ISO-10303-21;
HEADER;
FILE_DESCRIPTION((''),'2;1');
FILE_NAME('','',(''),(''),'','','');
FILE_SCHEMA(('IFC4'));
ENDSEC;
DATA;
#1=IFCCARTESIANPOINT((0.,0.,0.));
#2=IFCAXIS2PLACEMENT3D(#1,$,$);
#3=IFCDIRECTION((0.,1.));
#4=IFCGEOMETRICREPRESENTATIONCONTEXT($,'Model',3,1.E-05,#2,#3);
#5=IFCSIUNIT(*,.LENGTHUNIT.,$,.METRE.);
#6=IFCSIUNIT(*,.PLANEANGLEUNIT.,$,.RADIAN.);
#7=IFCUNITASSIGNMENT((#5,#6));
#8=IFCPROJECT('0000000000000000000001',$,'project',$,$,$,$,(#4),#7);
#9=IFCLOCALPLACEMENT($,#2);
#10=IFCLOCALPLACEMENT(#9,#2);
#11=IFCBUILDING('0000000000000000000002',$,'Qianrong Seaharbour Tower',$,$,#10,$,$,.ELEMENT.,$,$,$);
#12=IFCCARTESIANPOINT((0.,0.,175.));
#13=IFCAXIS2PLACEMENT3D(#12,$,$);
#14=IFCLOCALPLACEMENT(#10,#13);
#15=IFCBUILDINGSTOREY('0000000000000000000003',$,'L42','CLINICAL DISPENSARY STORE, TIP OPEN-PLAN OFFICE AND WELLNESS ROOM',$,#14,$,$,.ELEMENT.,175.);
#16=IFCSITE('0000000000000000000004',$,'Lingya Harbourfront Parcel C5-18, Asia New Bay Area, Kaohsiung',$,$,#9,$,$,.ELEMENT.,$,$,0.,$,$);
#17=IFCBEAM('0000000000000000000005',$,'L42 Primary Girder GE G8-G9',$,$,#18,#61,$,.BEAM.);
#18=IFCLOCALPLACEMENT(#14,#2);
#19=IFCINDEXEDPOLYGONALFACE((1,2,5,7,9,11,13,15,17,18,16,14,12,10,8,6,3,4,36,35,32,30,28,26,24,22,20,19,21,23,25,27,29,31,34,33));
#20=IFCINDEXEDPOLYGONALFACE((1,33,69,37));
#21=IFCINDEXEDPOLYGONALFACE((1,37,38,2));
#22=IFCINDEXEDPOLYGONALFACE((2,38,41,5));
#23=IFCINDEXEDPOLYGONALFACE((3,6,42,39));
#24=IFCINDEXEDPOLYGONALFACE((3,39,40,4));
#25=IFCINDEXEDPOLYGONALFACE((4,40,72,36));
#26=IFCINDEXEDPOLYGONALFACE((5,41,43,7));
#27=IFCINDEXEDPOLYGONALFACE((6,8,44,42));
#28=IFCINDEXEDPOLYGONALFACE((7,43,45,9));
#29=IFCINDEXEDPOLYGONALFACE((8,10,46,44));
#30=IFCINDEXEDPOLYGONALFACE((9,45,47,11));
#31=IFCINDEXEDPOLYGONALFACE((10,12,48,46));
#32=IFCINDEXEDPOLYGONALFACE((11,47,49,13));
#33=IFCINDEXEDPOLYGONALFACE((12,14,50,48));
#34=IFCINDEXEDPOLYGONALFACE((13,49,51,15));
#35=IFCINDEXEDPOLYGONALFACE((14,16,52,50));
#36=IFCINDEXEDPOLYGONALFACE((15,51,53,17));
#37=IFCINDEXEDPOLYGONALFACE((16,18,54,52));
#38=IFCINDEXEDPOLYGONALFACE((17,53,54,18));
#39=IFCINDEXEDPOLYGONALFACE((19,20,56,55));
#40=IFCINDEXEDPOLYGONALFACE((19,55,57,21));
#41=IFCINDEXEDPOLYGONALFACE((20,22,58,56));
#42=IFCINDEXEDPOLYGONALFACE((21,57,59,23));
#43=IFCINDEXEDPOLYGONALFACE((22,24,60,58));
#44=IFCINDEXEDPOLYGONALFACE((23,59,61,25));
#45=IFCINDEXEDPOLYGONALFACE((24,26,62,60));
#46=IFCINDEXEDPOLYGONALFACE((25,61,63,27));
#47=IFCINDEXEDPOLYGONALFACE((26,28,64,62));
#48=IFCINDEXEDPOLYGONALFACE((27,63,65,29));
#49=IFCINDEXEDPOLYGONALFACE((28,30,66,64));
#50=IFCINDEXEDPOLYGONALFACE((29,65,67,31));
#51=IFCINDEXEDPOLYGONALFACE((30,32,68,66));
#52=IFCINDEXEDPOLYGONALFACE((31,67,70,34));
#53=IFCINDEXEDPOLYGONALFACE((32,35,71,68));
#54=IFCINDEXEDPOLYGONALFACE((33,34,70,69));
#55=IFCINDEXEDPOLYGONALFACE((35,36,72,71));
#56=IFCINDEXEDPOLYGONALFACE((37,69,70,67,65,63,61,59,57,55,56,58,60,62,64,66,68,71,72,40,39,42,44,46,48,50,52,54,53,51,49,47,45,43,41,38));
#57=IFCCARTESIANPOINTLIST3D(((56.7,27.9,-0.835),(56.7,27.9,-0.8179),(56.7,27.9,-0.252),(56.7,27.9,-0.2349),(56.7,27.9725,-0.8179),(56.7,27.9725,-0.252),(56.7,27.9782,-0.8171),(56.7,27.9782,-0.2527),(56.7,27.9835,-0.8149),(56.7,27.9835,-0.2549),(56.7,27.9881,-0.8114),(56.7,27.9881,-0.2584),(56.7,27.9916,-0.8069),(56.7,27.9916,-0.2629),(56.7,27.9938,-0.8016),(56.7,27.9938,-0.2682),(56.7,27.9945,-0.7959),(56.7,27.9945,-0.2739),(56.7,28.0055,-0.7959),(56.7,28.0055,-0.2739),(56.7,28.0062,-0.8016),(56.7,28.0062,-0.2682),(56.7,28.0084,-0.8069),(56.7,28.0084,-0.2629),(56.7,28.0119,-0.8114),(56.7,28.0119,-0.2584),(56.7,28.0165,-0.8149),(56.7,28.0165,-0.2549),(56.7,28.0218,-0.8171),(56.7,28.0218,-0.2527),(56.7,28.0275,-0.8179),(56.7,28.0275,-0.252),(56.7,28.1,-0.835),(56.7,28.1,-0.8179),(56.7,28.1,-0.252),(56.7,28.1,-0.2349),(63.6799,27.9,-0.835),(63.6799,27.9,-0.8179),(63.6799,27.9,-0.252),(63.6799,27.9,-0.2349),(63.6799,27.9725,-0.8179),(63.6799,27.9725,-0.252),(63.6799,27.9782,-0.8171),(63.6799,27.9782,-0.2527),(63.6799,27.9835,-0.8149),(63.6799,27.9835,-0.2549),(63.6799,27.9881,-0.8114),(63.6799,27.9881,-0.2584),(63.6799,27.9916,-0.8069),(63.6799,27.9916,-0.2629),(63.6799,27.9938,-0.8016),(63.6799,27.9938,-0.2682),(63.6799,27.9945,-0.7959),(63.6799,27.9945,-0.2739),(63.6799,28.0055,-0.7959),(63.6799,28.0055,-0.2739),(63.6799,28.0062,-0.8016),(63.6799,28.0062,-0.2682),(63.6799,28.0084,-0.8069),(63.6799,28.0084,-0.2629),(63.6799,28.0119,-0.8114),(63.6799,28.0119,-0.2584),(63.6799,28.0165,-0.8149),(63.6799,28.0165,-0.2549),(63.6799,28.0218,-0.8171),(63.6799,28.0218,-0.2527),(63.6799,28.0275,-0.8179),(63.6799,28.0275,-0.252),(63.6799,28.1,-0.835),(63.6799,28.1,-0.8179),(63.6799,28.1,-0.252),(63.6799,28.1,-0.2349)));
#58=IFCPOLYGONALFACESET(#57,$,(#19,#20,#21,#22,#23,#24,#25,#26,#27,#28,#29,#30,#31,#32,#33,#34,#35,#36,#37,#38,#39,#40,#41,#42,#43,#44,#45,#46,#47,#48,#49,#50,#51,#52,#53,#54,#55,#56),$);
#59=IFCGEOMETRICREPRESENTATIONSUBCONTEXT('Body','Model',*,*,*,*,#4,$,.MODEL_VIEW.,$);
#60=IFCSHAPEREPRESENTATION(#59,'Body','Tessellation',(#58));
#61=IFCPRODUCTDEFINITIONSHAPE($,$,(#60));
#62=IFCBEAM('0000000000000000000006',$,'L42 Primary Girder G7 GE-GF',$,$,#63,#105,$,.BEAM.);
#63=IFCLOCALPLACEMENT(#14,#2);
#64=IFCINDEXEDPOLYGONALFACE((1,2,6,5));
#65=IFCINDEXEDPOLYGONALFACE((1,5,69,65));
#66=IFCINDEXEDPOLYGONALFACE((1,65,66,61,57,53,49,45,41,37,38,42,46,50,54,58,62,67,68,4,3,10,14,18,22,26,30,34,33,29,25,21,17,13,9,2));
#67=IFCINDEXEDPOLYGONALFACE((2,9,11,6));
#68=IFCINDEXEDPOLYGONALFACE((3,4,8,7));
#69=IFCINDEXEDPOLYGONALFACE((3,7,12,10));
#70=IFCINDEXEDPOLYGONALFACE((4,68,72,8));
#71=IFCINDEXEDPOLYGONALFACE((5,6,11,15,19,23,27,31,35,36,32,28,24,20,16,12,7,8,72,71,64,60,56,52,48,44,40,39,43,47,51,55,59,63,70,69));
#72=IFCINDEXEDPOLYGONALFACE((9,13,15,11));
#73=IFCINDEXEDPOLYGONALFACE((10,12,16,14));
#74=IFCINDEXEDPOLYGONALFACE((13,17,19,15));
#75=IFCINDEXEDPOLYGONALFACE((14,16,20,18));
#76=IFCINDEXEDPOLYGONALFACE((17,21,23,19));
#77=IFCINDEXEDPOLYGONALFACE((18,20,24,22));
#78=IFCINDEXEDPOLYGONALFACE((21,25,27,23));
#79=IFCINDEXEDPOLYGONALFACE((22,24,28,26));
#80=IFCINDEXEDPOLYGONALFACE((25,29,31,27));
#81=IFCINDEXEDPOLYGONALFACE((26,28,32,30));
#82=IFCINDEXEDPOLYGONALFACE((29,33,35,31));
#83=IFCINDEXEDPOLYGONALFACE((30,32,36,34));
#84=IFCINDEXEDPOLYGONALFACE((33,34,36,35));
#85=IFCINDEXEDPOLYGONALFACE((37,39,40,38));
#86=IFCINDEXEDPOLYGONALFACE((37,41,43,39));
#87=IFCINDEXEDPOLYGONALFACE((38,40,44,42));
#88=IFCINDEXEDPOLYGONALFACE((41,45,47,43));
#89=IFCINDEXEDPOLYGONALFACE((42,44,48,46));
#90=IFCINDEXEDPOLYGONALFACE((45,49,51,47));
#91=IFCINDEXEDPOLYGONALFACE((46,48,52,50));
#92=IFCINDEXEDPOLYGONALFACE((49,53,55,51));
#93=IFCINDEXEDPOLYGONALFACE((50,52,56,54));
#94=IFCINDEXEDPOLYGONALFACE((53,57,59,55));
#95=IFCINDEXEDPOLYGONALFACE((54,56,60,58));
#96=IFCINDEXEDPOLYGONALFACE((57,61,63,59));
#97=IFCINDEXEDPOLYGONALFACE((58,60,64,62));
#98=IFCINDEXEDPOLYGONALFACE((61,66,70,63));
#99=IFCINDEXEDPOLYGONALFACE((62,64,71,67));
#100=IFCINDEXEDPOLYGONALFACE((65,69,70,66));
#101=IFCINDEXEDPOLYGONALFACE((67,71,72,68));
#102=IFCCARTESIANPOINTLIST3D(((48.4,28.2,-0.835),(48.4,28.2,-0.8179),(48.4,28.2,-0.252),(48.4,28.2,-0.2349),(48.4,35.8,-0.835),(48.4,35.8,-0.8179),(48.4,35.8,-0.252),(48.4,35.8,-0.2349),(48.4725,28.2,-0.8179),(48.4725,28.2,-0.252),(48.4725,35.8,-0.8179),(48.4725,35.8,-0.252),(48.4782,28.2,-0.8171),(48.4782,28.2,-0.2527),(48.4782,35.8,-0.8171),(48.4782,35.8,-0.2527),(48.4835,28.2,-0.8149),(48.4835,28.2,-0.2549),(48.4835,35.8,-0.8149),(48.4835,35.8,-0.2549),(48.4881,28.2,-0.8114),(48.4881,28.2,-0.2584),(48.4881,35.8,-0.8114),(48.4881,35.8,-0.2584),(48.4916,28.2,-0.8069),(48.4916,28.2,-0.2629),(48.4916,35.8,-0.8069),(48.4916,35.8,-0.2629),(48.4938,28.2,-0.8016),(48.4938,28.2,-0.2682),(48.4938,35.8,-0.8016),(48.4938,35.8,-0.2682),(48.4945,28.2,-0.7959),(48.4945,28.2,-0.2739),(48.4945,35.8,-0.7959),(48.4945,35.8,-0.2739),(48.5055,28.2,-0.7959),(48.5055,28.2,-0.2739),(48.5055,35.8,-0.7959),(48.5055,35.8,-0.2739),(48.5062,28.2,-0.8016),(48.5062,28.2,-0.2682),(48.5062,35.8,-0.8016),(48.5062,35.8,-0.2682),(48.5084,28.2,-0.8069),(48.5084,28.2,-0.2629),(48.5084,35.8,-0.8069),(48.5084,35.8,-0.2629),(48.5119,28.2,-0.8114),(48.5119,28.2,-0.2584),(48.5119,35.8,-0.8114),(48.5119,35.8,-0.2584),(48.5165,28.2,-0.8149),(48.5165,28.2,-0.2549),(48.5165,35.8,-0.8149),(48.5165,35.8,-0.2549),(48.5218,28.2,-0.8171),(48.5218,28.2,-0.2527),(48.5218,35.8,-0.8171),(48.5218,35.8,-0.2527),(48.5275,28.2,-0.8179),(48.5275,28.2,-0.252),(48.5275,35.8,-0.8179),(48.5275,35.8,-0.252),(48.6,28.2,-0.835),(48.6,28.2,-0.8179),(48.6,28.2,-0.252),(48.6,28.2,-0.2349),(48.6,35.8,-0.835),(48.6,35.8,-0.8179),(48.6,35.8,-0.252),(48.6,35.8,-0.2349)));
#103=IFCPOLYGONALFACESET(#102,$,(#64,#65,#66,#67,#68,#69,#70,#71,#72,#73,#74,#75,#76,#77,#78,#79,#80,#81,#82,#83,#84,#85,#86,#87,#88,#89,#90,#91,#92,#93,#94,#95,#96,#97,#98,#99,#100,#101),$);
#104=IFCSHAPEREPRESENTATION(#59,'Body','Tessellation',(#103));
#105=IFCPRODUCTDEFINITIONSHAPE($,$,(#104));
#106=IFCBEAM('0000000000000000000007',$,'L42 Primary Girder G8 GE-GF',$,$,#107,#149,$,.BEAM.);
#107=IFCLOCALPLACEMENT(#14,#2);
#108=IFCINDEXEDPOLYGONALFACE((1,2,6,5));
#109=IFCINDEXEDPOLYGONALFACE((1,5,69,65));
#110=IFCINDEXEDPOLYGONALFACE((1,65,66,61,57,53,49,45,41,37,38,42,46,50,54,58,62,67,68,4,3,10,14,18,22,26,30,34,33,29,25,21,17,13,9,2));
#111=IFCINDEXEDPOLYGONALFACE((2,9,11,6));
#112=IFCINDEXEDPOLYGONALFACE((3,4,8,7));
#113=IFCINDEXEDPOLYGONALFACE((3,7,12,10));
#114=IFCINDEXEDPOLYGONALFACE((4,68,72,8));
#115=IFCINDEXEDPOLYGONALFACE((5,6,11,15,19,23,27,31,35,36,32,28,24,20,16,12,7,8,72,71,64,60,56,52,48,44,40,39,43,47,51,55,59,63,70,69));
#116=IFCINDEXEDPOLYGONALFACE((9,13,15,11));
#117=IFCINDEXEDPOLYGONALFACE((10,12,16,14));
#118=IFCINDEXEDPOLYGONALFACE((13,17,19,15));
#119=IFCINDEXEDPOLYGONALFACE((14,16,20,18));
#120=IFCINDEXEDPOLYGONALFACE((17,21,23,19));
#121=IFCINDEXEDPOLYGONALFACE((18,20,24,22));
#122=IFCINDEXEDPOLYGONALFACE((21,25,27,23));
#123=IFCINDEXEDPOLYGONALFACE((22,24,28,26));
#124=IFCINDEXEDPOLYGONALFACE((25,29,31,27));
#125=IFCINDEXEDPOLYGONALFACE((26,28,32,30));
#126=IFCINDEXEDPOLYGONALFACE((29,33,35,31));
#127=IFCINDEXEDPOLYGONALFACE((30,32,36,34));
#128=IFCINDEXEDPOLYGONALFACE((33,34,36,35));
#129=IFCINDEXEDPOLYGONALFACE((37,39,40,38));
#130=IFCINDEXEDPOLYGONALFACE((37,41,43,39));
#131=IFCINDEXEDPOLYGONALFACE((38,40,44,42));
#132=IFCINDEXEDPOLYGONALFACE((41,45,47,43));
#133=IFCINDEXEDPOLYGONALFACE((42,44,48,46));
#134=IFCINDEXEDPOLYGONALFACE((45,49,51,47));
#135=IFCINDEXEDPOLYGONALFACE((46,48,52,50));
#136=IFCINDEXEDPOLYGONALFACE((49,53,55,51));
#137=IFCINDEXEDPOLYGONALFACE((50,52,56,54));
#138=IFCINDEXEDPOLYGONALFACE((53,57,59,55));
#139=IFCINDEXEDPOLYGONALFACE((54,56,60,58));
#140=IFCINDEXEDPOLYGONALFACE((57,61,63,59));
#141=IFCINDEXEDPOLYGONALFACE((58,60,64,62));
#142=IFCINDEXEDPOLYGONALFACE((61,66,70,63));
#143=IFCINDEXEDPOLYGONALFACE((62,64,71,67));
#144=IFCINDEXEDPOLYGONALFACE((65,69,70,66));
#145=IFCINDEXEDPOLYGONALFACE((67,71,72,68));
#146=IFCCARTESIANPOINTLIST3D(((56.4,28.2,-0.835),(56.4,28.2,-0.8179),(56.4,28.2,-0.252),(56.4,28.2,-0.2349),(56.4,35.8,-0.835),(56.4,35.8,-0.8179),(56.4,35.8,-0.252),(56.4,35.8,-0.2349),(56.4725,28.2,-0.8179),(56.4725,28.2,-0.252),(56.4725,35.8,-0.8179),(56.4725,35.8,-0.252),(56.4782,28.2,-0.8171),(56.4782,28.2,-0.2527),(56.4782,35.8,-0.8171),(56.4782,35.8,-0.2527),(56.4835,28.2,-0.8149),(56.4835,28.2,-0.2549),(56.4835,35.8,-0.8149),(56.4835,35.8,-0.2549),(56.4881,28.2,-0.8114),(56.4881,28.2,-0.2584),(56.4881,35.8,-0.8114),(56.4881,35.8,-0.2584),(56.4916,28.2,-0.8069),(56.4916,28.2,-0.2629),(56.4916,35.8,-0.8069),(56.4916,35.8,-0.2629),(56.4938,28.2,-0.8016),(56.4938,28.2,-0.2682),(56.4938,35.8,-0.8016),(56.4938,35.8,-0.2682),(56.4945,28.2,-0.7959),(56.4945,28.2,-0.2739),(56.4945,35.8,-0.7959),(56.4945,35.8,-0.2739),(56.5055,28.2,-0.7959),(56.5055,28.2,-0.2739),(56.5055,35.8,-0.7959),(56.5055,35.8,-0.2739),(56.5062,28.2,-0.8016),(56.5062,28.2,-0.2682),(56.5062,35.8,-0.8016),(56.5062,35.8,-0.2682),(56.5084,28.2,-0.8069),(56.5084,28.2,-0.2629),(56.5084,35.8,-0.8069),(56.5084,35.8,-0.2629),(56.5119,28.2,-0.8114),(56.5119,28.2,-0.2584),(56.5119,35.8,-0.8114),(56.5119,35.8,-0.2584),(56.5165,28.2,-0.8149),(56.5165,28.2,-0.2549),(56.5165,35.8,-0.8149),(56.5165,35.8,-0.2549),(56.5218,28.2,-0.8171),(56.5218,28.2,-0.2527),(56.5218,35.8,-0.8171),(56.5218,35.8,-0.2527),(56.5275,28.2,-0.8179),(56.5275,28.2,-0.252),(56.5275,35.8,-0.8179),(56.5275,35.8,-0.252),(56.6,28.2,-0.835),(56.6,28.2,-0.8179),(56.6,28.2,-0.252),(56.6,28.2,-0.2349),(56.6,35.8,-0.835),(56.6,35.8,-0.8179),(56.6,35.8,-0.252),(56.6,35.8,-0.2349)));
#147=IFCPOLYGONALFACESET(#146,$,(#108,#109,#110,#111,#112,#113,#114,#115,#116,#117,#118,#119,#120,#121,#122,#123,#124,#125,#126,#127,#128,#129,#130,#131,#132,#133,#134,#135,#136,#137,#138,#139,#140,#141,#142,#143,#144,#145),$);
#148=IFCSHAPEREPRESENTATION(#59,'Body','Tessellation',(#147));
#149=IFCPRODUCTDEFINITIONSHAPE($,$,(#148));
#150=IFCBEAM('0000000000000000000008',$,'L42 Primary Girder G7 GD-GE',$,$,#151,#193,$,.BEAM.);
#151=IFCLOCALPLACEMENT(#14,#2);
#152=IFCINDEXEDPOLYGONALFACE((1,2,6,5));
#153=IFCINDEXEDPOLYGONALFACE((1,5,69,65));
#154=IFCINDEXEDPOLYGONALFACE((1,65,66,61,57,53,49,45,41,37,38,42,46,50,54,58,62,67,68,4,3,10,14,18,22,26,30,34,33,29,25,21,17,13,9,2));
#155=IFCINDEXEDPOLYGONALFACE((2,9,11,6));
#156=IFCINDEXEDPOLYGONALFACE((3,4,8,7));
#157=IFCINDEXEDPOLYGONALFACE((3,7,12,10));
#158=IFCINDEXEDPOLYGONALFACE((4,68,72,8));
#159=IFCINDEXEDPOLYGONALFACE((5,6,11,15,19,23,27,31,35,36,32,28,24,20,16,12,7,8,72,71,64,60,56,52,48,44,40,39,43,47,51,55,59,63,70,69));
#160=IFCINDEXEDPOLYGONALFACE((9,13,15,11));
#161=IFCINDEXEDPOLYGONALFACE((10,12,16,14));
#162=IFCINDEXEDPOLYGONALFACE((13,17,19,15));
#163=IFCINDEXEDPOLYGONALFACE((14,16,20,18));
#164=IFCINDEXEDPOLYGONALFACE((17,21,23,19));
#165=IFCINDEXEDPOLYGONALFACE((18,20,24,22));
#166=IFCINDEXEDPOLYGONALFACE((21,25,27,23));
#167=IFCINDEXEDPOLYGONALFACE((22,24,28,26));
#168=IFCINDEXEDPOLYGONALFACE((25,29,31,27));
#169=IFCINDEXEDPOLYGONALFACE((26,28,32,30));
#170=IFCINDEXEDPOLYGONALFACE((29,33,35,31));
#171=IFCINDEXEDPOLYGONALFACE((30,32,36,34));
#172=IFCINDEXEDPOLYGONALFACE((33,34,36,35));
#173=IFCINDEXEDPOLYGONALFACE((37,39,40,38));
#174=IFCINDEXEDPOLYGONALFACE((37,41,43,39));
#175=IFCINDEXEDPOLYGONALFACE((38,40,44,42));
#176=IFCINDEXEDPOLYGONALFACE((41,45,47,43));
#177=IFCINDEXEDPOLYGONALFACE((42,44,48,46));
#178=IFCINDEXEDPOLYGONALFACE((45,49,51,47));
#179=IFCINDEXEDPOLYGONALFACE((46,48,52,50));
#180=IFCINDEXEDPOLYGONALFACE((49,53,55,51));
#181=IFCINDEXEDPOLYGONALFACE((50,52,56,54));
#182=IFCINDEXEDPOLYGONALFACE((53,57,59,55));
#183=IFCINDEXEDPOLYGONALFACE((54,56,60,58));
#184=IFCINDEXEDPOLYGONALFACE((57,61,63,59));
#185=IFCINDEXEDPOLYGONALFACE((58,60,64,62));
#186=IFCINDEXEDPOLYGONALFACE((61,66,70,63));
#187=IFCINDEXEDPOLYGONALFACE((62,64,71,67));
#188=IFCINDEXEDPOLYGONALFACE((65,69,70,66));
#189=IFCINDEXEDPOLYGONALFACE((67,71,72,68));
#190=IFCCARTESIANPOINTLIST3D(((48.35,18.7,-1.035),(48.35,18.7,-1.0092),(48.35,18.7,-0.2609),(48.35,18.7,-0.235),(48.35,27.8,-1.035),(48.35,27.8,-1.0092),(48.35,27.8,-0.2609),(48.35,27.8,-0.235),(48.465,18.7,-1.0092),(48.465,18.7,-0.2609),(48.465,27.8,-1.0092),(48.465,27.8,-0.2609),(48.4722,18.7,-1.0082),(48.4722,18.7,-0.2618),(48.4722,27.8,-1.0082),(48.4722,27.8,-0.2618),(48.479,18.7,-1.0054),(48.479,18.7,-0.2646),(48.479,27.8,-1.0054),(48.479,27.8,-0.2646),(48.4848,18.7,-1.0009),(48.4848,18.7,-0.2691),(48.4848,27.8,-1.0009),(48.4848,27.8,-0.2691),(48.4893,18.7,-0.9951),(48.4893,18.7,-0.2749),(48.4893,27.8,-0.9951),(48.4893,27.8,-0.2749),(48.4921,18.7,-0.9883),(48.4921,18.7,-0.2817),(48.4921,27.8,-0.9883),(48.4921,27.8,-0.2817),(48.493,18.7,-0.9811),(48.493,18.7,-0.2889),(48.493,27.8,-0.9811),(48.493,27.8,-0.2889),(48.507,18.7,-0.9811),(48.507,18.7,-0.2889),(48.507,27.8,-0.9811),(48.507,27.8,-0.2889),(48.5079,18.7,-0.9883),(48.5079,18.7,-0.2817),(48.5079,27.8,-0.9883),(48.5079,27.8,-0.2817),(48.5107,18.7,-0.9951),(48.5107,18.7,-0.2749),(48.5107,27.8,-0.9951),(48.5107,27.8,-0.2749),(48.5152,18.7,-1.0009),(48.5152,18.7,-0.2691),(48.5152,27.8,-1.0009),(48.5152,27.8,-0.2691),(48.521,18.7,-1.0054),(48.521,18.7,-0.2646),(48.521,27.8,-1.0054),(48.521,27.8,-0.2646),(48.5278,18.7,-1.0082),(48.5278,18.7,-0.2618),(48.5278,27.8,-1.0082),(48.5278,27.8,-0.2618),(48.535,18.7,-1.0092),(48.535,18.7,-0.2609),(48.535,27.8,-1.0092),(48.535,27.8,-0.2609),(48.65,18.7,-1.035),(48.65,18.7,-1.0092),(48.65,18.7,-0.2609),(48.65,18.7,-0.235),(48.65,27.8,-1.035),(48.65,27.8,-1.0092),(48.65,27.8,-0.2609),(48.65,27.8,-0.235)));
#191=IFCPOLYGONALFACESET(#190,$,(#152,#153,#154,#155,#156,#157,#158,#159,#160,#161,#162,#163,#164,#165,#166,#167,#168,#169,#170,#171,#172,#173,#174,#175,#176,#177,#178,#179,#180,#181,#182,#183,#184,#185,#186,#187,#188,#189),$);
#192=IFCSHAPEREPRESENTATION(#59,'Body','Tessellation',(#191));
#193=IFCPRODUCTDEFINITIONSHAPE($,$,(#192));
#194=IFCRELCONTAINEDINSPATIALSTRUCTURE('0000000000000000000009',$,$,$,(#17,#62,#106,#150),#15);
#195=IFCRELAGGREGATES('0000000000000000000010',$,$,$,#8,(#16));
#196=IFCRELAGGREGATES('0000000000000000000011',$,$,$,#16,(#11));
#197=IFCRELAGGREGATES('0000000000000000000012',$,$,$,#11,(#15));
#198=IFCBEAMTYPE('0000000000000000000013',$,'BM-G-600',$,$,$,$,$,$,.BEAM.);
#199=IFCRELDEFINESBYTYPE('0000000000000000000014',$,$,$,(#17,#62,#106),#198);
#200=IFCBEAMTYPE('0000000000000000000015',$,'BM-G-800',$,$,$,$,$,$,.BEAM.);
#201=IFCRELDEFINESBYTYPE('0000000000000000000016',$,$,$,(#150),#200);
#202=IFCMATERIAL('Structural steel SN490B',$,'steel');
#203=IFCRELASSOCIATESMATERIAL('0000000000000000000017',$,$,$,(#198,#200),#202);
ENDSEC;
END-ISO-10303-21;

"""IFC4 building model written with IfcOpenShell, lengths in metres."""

from ifc_helpers import new_model, si_unit, direction, frame, origin, origin_2d, place, context, subcontext, project, spatial, i_section, extrude, material, material_profile, profile_set, type_object, element, save


model = new_model("IFC4")

# Units and contexts
model_context = context("Model", 3, precision=1e-05, world=origin(), true_north=direction((0.0, 1.0)))
body_context = subcontext(model_context, "Body", "Model", "MODEL_VIEW")
ifc_project = project(units=[si_unit("LENGTHUNIT", "METRE"), si_unit("PLANEANGLEUNIT", "RADIAN")], contexts=[model_context])

# Site, building, storey
site_placement = place(None, origin())
site = spatial("IfcSite", under=ifc_project, at=site_placement, Name="Lingya Harbourfront Parcel C5-18, Asia New Bay Area, Kaohsiung", CompositionType="ELEMENT", RefElevation=0.0)
building_placement = place(site_placement, origin())
building = spatial("IfcBuilding", under=site, at=building_placement, Name="Qianrong Seaharbour Tower", CompositionType="ELEMENT")
storey_placement = place(building_placement, frame((0.0, 0.0, 175.0)))
storey = spatial("IfcBuildingStorey", under=building, at=storey_placement, Name="L42", Description="CLINICAL DISPENSARY STORE, TIP OPEN-PLAN OFFICE AND WELLNESS ROOM", CompositionType="ELEMENT", Elevation=175.0)

# Shared definitions
ifc_material_1 = material(Name="Structural steel SN490B", Category="steel")

# Beams
ifc_material_profile_1 = material_profile(ifc_material_1, i_section(OverallWidth=0.2, OverallDepth=0.6001, WebThickness=0.011, FlangeThickness=0.0171, FilletRadius=0.022, at=origin_2d()), Name="H600x200x11x17")
ifc_profile_set_1 = profile_set([ifc_material_profile_1], Name="Structural steel SN490B")
beam_type_1 = type_object("IfcBeamType", Name="BM-G-600", PredefinedType="BEAM", material=ifc_profile_set_1)
beam_1_placement = place(storey_placement, frame((56.7, 28.0, -0.5349), z_axis=(1.0, 0.0, 0.0), x_axis=(0.0, 1.0, 0.0)))
element("IfcBeam", 1, at=beam_1_placement, inside=storey, type_object=beam_type_1, Name="L42 Primary Girder GE G8-G9", PredefinedType="BEAM", context=body_context, shape_type="SweptSolid", body=[
    extrude(i_section(OverallWidth=0.2, OverallDepth=0.6001, WebThickness=0.011, FlangeThickness=0.0171, FilletRadius=0.022, at=origin_2d()), origin(), (0.0, 0.0, 1.0), 6.98),
])
for number, where, z_axis, x_axis, name in (
    (2, (48.5, 28.2, -0.5349), (0.0, 1.0, 0.0), (-1.0, 0.0, 0.0), "L42 Primary Girder G7 GE-GF"),
    (3, (56.5, 28.2, -0.5349), (0.0, 1.0, 0.0), (-1.0, 0.0, 0.0), "L42 Primary Girder G8 GE-GF"),
):
    element("IfcBeam", number, at=place(storey_placement, frame(where, z_axis=z_axis, x_axis=x_axis)), inside=storey, type_object=beam_type_1, Name=name, PredefinedType="BEAM", context=body_context, shape_type="SweptSolid", body=[
        extrude(i_section(OverallWidth=0.2, OverallDepth=0.6001, WebThickness=0.011, FlangeThickness=0.0171, FilletRadius=0.022, at=origin_2d()), origin(), (0.0, 0.0, 1.0), 7.6001),
    ])
ifc_material_profile_2 = material_profile(ifc_material_1, i_section(OverallWidth=0.3, OverallDepth=0.8, WebThickness=0.0139, FlangeThickness=0.0259, FilletRadius=0.0281, at=origin_2d()), Name="H800x300x14x26")
ifc_profile_set_2 = profile_set([ifc_material_profile_2], Name="Structural steel SN490B")
beam_type_2 = type_object("IfcBeamType", Name="BM-G-800", PredefinedType="BEAM", material=ifc_profile_set_2)
for number, where, z_axis, x_axis, name in (
    (4, (48.5, 18.7, -0.635), (0.0, 1.0, 0.0), (-1.0, 0.0, 0.0), "L42 Primary Girder G7 GD-GE"),
):
    element("IfcBeam", number, at=place(storey_placement, frame(where, z_axis=z_axis, x_axis=x_axis)), inside=storey, type_object=beam_type_2, Name=name, PredefinedType="BEAM", context=body_context, shape_type="SweptSolid", body=[
        extrude(i_section(OverallWidth=0.3, OverallDepth=0.8, WebThickness=0.0139, FlangeThickness=0.0259, FilletRadius=0.0281, at=origin_2d()), origin(), (0.0, 0.0, 1.0), 9.1001),
    ])

save(model, "model.ifc")
